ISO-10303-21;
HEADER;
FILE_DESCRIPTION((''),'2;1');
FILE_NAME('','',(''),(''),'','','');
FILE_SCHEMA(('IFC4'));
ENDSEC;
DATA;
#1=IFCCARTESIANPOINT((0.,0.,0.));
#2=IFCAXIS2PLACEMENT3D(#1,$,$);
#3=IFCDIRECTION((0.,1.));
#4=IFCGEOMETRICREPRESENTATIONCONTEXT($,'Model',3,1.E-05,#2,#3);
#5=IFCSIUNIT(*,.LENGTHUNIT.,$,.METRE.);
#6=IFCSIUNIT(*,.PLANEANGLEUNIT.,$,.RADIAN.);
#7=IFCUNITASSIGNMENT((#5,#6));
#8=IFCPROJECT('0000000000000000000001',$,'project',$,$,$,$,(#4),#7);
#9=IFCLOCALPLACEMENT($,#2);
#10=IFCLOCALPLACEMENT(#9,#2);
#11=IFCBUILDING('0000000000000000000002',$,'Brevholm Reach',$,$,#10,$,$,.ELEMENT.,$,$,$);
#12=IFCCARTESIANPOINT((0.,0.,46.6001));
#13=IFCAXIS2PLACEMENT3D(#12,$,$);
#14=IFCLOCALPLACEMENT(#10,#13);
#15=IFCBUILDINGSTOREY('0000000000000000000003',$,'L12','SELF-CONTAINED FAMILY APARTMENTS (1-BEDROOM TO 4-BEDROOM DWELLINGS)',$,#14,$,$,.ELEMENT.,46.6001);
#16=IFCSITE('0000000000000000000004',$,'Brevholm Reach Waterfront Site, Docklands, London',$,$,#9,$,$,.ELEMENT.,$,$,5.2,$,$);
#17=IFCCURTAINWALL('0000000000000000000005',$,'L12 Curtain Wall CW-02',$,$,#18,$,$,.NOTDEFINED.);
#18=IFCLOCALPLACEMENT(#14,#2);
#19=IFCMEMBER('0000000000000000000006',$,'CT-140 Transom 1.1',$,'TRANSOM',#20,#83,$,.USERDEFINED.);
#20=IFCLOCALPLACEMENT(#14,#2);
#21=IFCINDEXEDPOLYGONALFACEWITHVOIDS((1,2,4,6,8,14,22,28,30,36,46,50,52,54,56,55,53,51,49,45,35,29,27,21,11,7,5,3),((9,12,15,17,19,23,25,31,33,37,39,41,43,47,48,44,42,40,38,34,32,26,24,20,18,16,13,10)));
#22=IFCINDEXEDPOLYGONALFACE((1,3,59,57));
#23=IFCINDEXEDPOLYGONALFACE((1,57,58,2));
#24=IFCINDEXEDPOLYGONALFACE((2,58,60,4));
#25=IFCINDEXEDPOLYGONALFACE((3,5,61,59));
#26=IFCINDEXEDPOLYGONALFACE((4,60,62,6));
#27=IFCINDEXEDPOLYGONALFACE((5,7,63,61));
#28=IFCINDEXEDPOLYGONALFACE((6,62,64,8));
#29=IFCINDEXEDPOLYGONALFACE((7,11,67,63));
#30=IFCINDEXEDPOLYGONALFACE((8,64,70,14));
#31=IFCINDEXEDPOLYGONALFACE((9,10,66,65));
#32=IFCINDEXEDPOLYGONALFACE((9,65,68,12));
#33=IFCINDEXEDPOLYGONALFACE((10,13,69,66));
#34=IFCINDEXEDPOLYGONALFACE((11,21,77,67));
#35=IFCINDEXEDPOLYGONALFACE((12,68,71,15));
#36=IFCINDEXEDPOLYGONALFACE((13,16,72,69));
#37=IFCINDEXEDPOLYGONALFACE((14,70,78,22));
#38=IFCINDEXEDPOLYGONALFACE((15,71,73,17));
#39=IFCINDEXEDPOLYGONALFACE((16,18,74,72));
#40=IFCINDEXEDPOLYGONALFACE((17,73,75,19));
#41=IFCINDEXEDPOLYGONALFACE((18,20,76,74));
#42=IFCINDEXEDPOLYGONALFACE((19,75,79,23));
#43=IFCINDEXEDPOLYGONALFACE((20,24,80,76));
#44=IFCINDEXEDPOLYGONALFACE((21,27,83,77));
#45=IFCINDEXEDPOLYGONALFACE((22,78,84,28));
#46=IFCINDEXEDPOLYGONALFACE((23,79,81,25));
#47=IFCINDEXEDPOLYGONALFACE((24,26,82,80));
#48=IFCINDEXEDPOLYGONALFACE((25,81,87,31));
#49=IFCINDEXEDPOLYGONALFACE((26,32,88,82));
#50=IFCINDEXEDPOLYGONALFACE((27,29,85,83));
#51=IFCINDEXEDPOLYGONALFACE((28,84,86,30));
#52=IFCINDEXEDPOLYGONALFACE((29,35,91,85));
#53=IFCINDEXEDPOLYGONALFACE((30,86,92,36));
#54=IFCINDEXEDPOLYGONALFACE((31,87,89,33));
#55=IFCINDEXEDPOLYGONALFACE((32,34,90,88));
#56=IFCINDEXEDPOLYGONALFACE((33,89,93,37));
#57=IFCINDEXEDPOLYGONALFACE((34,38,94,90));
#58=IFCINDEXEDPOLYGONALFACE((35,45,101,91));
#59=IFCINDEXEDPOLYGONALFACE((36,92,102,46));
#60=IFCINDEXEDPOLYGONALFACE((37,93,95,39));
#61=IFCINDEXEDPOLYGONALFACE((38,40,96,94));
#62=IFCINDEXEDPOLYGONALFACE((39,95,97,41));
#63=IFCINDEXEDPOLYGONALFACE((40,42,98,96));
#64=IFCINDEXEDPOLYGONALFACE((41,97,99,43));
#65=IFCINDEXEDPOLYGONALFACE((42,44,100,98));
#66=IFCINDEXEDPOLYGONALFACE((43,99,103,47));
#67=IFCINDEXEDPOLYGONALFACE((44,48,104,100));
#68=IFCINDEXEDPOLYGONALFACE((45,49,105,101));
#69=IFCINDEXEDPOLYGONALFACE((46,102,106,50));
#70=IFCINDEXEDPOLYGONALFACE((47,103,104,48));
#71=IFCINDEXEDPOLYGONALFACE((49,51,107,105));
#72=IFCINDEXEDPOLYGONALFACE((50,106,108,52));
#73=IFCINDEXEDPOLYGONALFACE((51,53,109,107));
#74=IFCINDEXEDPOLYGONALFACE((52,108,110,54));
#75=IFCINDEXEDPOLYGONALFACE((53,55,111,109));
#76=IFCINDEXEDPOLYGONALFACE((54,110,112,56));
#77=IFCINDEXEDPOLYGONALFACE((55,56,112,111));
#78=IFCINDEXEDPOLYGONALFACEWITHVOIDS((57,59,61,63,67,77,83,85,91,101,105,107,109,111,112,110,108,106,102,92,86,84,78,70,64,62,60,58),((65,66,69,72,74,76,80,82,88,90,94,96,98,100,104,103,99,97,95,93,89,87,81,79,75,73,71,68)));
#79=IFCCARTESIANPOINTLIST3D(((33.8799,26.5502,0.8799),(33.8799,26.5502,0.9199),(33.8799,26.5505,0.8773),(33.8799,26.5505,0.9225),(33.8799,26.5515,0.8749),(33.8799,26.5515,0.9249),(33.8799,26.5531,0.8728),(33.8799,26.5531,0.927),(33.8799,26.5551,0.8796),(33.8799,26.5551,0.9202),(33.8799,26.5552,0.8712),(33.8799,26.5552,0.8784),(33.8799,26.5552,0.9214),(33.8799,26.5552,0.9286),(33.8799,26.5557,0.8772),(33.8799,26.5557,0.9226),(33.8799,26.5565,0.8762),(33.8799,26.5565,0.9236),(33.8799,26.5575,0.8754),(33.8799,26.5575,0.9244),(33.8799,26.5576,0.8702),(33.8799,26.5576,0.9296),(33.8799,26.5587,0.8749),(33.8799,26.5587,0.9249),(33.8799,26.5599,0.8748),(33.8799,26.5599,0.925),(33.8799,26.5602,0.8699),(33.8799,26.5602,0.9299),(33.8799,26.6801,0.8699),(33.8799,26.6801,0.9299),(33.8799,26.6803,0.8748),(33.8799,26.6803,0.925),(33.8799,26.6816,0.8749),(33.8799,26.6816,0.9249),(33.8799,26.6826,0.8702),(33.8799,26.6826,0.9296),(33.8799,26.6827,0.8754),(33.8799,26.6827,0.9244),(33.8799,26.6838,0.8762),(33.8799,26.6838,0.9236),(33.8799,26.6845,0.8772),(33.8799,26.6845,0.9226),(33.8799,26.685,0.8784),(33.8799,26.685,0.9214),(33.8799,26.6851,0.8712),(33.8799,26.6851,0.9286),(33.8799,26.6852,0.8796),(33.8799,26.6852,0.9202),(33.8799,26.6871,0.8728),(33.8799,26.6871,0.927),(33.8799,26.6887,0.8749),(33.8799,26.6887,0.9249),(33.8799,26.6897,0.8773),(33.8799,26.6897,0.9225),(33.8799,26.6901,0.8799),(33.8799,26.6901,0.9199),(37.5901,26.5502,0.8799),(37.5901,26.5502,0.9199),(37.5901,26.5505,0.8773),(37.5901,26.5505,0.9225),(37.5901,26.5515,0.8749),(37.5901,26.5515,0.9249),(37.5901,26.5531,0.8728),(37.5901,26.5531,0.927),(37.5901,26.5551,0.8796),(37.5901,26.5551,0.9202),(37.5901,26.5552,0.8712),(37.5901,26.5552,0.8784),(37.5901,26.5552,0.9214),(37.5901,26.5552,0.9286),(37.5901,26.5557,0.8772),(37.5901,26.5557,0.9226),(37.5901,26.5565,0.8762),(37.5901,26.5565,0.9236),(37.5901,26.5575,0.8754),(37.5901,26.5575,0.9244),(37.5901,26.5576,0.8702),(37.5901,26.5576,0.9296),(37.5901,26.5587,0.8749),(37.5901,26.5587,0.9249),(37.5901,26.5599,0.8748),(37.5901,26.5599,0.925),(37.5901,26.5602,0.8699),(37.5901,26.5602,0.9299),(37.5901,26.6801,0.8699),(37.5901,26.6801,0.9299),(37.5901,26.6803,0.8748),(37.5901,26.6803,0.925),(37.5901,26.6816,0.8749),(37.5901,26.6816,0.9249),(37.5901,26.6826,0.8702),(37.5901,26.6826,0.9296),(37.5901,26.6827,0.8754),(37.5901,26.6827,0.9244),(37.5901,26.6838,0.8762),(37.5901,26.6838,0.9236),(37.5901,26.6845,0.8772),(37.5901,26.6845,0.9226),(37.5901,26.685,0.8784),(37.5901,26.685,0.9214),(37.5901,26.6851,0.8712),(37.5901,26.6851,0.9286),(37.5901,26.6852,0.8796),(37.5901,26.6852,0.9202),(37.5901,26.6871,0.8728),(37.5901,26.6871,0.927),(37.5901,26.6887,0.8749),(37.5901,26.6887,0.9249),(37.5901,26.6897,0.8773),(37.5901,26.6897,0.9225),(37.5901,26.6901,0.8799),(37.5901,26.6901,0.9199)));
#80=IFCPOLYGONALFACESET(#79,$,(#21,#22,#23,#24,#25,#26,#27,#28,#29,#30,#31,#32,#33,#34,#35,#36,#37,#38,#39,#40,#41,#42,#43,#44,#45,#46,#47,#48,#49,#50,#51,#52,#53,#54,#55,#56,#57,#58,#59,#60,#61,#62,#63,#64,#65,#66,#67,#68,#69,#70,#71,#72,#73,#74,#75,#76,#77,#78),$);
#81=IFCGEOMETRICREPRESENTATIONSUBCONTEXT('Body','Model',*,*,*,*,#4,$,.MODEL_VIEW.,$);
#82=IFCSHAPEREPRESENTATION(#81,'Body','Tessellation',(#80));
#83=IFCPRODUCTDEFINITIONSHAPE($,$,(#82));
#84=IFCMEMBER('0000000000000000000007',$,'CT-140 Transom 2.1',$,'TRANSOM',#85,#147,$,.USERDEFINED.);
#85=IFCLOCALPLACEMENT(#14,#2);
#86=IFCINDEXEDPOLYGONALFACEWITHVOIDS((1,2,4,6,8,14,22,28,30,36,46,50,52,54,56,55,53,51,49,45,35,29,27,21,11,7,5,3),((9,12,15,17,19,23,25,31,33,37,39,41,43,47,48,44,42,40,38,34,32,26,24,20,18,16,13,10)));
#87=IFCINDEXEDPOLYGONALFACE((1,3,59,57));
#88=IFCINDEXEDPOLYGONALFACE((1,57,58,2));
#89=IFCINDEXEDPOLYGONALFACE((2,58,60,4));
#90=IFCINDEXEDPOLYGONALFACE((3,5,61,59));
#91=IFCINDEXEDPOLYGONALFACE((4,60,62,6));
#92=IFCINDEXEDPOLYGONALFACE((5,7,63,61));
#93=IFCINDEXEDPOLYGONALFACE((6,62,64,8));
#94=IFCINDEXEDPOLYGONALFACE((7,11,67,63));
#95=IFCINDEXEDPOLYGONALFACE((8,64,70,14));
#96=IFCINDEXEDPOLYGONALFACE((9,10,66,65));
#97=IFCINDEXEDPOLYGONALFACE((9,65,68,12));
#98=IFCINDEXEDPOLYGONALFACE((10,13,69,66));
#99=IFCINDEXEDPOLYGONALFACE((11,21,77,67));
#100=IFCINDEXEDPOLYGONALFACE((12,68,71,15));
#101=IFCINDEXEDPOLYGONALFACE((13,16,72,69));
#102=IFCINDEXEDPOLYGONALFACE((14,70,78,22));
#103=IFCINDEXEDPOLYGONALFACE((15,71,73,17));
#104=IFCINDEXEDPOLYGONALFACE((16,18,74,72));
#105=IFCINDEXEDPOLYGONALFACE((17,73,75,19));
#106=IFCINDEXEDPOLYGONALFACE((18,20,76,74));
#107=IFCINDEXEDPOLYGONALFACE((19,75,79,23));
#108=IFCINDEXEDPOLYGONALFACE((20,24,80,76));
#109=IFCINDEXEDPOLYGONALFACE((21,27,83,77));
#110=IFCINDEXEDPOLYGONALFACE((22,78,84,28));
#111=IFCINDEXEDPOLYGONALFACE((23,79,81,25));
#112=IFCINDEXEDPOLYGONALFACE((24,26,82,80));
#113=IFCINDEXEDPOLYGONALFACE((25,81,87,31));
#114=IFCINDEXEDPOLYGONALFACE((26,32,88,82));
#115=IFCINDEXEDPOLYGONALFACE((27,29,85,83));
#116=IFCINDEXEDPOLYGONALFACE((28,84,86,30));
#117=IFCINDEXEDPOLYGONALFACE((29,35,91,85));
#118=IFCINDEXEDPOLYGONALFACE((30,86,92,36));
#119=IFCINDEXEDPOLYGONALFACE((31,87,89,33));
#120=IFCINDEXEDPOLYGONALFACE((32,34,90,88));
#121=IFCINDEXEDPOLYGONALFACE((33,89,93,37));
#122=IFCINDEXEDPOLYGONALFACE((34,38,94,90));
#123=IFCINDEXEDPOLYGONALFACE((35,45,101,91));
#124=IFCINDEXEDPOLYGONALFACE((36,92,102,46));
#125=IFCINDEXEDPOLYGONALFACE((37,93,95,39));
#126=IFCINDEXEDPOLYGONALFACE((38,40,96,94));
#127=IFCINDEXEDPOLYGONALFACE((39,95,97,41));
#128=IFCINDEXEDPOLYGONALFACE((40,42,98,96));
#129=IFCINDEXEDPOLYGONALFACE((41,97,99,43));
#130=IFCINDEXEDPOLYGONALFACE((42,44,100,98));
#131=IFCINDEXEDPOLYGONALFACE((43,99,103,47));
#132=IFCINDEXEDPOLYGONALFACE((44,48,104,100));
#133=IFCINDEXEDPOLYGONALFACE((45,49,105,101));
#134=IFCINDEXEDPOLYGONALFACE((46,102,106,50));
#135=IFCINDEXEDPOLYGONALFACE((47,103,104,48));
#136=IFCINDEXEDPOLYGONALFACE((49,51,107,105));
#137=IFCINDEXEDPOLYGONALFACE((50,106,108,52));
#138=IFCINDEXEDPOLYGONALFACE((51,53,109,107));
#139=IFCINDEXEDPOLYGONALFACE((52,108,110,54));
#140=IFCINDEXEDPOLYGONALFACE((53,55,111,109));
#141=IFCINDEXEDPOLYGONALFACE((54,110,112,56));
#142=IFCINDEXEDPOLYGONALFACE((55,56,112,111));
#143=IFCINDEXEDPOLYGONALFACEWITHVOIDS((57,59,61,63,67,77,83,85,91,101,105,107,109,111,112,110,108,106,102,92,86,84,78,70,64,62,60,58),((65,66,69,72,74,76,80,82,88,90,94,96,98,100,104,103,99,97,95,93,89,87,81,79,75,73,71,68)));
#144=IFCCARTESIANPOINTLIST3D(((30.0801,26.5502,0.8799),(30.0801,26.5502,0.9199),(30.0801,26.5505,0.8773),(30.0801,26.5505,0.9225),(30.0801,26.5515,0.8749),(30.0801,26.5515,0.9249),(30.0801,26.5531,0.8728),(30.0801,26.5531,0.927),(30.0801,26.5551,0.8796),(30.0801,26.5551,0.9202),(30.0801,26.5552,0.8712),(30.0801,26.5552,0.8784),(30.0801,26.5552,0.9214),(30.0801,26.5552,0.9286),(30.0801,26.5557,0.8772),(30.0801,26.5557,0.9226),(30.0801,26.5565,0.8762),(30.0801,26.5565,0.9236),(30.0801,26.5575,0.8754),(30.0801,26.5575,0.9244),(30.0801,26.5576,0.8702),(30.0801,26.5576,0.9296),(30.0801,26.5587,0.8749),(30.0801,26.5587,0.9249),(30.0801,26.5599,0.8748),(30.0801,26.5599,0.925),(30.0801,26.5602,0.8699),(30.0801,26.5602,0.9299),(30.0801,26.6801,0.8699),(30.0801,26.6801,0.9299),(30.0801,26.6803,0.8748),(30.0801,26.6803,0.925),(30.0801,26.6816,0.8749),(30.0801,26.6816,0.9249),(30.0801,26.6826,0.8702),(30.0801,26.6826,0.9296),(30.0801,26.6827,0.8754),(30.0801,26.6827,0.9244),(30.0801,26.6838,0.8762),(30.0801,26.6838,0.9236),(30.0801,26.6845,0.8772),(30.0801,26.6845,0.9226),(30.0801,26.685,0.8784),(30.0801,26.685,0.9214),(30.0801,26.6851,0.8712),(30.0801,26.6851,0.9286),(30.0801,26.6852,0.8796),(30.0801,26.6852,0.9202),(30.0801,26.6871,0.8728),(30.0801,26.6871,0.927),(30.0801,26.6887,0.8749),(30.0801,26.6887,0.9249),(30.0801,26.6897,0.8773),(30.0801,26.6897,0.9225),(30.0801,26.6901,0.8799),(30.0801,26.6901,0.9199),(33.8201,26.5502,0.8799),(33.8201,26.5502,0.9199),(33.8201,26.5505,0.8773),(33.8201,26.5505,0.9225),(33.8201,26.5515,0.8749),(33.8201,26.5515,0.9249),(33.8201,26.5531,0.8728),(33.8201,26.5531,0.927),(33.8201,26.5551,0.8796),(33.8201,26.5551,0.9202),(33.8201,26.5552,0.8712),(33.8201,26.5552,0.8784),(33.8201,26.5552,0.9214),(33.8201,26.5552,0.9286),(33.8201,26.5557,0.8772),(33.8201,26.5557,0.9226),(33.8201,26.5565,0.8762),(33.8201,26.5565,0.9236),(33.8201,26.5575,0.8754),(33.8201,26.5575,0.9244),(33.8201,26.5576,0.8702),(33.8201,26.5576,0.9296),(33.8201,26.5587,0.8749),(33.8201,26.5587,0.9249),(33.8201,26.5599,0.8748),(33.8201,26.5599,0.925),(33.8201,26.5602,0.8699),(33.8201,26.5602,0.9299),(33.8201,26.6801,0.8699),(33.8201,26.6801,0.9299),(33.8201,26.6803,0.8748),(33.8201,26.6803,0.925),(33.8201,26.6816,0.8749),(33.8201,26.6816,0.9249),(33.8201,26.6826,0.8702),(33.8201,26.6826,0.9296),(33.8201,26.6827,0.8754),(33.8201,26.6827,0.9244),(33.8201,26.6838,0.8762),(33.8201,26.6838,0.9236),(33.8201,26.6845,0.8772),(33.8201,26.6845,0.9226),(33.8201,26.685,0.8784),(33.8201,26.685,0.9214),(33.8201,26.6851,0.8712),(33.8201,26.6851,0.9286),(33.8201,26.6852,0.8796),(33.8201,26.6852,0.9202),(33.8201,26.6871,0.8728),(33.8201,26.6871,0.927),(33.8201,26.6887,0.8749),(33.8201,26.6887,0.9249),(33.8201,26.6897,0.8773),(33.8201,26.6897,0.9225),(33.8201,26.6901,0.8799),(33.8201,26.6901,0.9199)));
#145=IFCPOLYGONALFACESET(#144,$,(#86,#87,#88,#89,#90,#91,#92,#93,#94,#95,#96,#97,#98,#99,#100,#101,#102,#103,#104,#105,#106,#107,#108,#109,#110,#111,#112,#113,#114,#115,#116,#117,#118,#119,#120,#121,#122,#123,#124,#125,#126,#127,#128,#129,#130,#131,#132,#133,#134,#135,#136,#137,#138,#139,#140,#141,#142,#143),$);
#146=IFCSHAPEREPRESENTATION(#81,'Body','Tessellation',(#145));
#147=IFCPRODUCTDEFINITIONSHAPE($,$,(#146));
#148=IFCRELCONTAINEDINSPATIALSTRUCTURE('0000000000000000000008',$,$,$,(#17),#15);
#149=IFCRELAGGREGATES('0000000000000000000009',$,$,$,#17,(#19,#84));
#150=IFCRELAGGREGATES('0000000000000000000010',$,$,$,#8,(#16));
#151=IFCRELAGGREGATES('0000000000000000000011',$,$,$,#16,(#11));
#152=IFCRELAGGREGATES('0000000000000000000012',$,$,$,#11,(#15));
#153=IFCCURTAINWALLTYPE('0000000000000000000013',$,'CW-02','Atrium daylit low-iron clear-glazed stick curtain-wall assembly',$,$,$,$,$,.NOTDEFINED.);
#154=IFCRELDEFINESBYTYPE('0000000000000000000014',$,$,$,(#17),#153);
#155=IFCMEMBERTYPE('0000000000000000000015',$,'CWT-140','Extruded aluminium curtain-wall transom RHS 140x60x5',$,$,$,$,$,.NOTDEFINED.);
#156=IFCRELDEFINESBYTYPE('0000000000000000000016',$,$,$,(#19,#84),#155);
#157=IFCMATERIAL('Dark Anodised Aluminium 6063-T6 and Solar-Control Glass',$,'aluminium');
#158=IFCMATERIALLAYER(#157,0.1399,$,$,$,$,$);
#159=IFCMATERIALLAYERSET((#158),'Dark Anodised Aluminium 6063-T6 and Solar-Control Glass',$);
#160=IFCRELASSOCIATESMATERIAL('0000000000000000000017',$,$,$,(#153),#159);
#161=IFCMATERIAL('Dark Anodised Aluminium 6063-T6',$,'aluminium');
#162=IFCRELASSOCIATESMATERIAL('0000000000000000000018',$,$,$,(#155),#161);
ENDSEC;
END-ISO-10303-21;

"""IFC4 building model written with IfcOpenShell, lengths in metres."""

from ifc_helpers import new_model, si_unit, direction, frame, origin, origin_2d, place, context, subcontext, project, spatial, hollow_rectangle, extrude, material, layer, layer_set, material_profile, profile_set, type_object, element, aggregate, save


model = new_model("IFC4")

# Units and contexts
model_context = context("Model", 3, precision=1e-05, world=origin(), true_north=direction((0.0, 1.0)))
body_context = subcontext(model_context, "Body", "Model", "MODEL_VIEW")
ifc_project = project(units=[si_unit("LENGTHUNIT", "METRE"), si_unit("PLANEANGLEUNIT", "RADIAN")], contexts=[model_context])

# Site, building, storey
site_placement = place(None, origin())
site = spatial("IfcSite", under=ifc_project, at=site_placement, Name="Brevholm Reach Waterfront Site, Docklands, London", CompositionType="ELEMENT", RefElevation=5.2)
building_placement = place(site_placement, origin())
building = spatial("IfcBuilding", under=site, at=building_placement, Name="Brevholm Reach", CompositionType="ELEMENT")
storey_placement = place(building_placement, frame((0.0, 0.0, 46.6001)))
storey = spatial("IfcBuildingStorey", under=building, at=storey_placement, Name="L12", Description="SELF-CONTAINED FAMILY APARTMENTS (1-BEDROOM TO 4-BEDROOM DWELLINGS)", CompositionType="ELEMENT", Elevation=46.6001)

# Curtain wall
ifc_material_1 = material(Name="Dark Anodised Aluminium 6063-T6 and Solar-Control Glass", Category="aluminium")
ifc_layer_1 = layer(ifc_material_1, 0.1399)
ifc_layer_set_1 = layer_set([ifc_layer_1], Name="Dark Anodised Aluminium 6063-T6 and Solar-Control Glass")
curtain_wall_type_1 = type_object("IfcCurtainWallType", Name="CW-02", Description="Atrium daylit low-iron clear-glazed stick curtain-wall assembly", PredefinedType="NOTDEFINED", material=ifc_layer_set_1)
curtain_wall_1_placement = place(storey_placement, origin())
curtain_wall_1 = element("IfcCurtainWall", 1, at=curtain_wall_1_placement, inside=storey, type_object=curtain_wall_type_1, Name="L12 Curtain Wall CW-02", PredefinedType="NOTDEFINED")

# Members
ifc_material_2 = material(Name="Dark Anodised Aluminium 6063-T6", Category="aluminium")
ifc_material_profile_1 = material_profile(ifc_material_2, hollow_rectangle(XDim=0.0601, YDim=0.1399, WallThickness=0.0049, InnerFilletRadius=0.0049, OuterFilletRadius=0.01, at=origin_2d()), Name="RHS 140x60x5")
ifc_profile_set_1 = profile_set([ifc_material_profile_1], Name="Dark Anodised Aluminium 6063-T6")
member_type_1 = type_object("IfcMemberType", Name="CWT-140", Description="Extruded aluminium curtain-wall transom RHS 140x60x5", PredefinedType="NOTDEFINED", material=ifc_profile_set_1)
member_1_placement = place(storey_placement, frame((37.5901, 26.6201, 0.8999), z_axis=(-1.0, 0.0, 0.0), x_axis=(0.0, 0.0, 1.0)))
member_1 = element("IfcMember", 2, at=member_1_placement, type_object=member_type_1, Name="CT-140 Transom 1.1", ObjectType="TRANSOM", PredefinedType="USERDEFINED", context=body_context, shape_type="SweptSolid", body=[
    extrude(hollow_rectangle(XDim=0.0601, YDim=0.1399, WallThickness=0.0049, InnerFilletRadius=0.0049, OuterFilletRadius=0.01, at=origin_2d()), origin(), (0.0, 0.0, 1.0), 3.7102),
])
member_2_placement = place(storey_placement, frame((33.8201, 26.6201, 0.8999), z_axis=(-1.0, 0.0, 0.0), x_axis=(0.0, 0.0, 1.0)))
member_2 = element("IfcMember", 3, at=member_2_placement, type_object=member_type_1, Name="CT-140 Transom 2.1", ObjectType="TRANSOM", PredefinedType="USERDEFINED", context=body_context, shape_type="SweptSolid", body=[
    extrude(hollow_rectangle(XDim=0.0601, YDim=0.1399, WallThickness=0.0049, InnerFilletRadius=0.0049, OuterFilletRadius=0.01, at=origin_2d()), origin(), (0.0, 0.0, 1.0), 3.74),
])

aggregate(curtain_wall_1, [member_1, member_2])

save(model, "model.ifc")
